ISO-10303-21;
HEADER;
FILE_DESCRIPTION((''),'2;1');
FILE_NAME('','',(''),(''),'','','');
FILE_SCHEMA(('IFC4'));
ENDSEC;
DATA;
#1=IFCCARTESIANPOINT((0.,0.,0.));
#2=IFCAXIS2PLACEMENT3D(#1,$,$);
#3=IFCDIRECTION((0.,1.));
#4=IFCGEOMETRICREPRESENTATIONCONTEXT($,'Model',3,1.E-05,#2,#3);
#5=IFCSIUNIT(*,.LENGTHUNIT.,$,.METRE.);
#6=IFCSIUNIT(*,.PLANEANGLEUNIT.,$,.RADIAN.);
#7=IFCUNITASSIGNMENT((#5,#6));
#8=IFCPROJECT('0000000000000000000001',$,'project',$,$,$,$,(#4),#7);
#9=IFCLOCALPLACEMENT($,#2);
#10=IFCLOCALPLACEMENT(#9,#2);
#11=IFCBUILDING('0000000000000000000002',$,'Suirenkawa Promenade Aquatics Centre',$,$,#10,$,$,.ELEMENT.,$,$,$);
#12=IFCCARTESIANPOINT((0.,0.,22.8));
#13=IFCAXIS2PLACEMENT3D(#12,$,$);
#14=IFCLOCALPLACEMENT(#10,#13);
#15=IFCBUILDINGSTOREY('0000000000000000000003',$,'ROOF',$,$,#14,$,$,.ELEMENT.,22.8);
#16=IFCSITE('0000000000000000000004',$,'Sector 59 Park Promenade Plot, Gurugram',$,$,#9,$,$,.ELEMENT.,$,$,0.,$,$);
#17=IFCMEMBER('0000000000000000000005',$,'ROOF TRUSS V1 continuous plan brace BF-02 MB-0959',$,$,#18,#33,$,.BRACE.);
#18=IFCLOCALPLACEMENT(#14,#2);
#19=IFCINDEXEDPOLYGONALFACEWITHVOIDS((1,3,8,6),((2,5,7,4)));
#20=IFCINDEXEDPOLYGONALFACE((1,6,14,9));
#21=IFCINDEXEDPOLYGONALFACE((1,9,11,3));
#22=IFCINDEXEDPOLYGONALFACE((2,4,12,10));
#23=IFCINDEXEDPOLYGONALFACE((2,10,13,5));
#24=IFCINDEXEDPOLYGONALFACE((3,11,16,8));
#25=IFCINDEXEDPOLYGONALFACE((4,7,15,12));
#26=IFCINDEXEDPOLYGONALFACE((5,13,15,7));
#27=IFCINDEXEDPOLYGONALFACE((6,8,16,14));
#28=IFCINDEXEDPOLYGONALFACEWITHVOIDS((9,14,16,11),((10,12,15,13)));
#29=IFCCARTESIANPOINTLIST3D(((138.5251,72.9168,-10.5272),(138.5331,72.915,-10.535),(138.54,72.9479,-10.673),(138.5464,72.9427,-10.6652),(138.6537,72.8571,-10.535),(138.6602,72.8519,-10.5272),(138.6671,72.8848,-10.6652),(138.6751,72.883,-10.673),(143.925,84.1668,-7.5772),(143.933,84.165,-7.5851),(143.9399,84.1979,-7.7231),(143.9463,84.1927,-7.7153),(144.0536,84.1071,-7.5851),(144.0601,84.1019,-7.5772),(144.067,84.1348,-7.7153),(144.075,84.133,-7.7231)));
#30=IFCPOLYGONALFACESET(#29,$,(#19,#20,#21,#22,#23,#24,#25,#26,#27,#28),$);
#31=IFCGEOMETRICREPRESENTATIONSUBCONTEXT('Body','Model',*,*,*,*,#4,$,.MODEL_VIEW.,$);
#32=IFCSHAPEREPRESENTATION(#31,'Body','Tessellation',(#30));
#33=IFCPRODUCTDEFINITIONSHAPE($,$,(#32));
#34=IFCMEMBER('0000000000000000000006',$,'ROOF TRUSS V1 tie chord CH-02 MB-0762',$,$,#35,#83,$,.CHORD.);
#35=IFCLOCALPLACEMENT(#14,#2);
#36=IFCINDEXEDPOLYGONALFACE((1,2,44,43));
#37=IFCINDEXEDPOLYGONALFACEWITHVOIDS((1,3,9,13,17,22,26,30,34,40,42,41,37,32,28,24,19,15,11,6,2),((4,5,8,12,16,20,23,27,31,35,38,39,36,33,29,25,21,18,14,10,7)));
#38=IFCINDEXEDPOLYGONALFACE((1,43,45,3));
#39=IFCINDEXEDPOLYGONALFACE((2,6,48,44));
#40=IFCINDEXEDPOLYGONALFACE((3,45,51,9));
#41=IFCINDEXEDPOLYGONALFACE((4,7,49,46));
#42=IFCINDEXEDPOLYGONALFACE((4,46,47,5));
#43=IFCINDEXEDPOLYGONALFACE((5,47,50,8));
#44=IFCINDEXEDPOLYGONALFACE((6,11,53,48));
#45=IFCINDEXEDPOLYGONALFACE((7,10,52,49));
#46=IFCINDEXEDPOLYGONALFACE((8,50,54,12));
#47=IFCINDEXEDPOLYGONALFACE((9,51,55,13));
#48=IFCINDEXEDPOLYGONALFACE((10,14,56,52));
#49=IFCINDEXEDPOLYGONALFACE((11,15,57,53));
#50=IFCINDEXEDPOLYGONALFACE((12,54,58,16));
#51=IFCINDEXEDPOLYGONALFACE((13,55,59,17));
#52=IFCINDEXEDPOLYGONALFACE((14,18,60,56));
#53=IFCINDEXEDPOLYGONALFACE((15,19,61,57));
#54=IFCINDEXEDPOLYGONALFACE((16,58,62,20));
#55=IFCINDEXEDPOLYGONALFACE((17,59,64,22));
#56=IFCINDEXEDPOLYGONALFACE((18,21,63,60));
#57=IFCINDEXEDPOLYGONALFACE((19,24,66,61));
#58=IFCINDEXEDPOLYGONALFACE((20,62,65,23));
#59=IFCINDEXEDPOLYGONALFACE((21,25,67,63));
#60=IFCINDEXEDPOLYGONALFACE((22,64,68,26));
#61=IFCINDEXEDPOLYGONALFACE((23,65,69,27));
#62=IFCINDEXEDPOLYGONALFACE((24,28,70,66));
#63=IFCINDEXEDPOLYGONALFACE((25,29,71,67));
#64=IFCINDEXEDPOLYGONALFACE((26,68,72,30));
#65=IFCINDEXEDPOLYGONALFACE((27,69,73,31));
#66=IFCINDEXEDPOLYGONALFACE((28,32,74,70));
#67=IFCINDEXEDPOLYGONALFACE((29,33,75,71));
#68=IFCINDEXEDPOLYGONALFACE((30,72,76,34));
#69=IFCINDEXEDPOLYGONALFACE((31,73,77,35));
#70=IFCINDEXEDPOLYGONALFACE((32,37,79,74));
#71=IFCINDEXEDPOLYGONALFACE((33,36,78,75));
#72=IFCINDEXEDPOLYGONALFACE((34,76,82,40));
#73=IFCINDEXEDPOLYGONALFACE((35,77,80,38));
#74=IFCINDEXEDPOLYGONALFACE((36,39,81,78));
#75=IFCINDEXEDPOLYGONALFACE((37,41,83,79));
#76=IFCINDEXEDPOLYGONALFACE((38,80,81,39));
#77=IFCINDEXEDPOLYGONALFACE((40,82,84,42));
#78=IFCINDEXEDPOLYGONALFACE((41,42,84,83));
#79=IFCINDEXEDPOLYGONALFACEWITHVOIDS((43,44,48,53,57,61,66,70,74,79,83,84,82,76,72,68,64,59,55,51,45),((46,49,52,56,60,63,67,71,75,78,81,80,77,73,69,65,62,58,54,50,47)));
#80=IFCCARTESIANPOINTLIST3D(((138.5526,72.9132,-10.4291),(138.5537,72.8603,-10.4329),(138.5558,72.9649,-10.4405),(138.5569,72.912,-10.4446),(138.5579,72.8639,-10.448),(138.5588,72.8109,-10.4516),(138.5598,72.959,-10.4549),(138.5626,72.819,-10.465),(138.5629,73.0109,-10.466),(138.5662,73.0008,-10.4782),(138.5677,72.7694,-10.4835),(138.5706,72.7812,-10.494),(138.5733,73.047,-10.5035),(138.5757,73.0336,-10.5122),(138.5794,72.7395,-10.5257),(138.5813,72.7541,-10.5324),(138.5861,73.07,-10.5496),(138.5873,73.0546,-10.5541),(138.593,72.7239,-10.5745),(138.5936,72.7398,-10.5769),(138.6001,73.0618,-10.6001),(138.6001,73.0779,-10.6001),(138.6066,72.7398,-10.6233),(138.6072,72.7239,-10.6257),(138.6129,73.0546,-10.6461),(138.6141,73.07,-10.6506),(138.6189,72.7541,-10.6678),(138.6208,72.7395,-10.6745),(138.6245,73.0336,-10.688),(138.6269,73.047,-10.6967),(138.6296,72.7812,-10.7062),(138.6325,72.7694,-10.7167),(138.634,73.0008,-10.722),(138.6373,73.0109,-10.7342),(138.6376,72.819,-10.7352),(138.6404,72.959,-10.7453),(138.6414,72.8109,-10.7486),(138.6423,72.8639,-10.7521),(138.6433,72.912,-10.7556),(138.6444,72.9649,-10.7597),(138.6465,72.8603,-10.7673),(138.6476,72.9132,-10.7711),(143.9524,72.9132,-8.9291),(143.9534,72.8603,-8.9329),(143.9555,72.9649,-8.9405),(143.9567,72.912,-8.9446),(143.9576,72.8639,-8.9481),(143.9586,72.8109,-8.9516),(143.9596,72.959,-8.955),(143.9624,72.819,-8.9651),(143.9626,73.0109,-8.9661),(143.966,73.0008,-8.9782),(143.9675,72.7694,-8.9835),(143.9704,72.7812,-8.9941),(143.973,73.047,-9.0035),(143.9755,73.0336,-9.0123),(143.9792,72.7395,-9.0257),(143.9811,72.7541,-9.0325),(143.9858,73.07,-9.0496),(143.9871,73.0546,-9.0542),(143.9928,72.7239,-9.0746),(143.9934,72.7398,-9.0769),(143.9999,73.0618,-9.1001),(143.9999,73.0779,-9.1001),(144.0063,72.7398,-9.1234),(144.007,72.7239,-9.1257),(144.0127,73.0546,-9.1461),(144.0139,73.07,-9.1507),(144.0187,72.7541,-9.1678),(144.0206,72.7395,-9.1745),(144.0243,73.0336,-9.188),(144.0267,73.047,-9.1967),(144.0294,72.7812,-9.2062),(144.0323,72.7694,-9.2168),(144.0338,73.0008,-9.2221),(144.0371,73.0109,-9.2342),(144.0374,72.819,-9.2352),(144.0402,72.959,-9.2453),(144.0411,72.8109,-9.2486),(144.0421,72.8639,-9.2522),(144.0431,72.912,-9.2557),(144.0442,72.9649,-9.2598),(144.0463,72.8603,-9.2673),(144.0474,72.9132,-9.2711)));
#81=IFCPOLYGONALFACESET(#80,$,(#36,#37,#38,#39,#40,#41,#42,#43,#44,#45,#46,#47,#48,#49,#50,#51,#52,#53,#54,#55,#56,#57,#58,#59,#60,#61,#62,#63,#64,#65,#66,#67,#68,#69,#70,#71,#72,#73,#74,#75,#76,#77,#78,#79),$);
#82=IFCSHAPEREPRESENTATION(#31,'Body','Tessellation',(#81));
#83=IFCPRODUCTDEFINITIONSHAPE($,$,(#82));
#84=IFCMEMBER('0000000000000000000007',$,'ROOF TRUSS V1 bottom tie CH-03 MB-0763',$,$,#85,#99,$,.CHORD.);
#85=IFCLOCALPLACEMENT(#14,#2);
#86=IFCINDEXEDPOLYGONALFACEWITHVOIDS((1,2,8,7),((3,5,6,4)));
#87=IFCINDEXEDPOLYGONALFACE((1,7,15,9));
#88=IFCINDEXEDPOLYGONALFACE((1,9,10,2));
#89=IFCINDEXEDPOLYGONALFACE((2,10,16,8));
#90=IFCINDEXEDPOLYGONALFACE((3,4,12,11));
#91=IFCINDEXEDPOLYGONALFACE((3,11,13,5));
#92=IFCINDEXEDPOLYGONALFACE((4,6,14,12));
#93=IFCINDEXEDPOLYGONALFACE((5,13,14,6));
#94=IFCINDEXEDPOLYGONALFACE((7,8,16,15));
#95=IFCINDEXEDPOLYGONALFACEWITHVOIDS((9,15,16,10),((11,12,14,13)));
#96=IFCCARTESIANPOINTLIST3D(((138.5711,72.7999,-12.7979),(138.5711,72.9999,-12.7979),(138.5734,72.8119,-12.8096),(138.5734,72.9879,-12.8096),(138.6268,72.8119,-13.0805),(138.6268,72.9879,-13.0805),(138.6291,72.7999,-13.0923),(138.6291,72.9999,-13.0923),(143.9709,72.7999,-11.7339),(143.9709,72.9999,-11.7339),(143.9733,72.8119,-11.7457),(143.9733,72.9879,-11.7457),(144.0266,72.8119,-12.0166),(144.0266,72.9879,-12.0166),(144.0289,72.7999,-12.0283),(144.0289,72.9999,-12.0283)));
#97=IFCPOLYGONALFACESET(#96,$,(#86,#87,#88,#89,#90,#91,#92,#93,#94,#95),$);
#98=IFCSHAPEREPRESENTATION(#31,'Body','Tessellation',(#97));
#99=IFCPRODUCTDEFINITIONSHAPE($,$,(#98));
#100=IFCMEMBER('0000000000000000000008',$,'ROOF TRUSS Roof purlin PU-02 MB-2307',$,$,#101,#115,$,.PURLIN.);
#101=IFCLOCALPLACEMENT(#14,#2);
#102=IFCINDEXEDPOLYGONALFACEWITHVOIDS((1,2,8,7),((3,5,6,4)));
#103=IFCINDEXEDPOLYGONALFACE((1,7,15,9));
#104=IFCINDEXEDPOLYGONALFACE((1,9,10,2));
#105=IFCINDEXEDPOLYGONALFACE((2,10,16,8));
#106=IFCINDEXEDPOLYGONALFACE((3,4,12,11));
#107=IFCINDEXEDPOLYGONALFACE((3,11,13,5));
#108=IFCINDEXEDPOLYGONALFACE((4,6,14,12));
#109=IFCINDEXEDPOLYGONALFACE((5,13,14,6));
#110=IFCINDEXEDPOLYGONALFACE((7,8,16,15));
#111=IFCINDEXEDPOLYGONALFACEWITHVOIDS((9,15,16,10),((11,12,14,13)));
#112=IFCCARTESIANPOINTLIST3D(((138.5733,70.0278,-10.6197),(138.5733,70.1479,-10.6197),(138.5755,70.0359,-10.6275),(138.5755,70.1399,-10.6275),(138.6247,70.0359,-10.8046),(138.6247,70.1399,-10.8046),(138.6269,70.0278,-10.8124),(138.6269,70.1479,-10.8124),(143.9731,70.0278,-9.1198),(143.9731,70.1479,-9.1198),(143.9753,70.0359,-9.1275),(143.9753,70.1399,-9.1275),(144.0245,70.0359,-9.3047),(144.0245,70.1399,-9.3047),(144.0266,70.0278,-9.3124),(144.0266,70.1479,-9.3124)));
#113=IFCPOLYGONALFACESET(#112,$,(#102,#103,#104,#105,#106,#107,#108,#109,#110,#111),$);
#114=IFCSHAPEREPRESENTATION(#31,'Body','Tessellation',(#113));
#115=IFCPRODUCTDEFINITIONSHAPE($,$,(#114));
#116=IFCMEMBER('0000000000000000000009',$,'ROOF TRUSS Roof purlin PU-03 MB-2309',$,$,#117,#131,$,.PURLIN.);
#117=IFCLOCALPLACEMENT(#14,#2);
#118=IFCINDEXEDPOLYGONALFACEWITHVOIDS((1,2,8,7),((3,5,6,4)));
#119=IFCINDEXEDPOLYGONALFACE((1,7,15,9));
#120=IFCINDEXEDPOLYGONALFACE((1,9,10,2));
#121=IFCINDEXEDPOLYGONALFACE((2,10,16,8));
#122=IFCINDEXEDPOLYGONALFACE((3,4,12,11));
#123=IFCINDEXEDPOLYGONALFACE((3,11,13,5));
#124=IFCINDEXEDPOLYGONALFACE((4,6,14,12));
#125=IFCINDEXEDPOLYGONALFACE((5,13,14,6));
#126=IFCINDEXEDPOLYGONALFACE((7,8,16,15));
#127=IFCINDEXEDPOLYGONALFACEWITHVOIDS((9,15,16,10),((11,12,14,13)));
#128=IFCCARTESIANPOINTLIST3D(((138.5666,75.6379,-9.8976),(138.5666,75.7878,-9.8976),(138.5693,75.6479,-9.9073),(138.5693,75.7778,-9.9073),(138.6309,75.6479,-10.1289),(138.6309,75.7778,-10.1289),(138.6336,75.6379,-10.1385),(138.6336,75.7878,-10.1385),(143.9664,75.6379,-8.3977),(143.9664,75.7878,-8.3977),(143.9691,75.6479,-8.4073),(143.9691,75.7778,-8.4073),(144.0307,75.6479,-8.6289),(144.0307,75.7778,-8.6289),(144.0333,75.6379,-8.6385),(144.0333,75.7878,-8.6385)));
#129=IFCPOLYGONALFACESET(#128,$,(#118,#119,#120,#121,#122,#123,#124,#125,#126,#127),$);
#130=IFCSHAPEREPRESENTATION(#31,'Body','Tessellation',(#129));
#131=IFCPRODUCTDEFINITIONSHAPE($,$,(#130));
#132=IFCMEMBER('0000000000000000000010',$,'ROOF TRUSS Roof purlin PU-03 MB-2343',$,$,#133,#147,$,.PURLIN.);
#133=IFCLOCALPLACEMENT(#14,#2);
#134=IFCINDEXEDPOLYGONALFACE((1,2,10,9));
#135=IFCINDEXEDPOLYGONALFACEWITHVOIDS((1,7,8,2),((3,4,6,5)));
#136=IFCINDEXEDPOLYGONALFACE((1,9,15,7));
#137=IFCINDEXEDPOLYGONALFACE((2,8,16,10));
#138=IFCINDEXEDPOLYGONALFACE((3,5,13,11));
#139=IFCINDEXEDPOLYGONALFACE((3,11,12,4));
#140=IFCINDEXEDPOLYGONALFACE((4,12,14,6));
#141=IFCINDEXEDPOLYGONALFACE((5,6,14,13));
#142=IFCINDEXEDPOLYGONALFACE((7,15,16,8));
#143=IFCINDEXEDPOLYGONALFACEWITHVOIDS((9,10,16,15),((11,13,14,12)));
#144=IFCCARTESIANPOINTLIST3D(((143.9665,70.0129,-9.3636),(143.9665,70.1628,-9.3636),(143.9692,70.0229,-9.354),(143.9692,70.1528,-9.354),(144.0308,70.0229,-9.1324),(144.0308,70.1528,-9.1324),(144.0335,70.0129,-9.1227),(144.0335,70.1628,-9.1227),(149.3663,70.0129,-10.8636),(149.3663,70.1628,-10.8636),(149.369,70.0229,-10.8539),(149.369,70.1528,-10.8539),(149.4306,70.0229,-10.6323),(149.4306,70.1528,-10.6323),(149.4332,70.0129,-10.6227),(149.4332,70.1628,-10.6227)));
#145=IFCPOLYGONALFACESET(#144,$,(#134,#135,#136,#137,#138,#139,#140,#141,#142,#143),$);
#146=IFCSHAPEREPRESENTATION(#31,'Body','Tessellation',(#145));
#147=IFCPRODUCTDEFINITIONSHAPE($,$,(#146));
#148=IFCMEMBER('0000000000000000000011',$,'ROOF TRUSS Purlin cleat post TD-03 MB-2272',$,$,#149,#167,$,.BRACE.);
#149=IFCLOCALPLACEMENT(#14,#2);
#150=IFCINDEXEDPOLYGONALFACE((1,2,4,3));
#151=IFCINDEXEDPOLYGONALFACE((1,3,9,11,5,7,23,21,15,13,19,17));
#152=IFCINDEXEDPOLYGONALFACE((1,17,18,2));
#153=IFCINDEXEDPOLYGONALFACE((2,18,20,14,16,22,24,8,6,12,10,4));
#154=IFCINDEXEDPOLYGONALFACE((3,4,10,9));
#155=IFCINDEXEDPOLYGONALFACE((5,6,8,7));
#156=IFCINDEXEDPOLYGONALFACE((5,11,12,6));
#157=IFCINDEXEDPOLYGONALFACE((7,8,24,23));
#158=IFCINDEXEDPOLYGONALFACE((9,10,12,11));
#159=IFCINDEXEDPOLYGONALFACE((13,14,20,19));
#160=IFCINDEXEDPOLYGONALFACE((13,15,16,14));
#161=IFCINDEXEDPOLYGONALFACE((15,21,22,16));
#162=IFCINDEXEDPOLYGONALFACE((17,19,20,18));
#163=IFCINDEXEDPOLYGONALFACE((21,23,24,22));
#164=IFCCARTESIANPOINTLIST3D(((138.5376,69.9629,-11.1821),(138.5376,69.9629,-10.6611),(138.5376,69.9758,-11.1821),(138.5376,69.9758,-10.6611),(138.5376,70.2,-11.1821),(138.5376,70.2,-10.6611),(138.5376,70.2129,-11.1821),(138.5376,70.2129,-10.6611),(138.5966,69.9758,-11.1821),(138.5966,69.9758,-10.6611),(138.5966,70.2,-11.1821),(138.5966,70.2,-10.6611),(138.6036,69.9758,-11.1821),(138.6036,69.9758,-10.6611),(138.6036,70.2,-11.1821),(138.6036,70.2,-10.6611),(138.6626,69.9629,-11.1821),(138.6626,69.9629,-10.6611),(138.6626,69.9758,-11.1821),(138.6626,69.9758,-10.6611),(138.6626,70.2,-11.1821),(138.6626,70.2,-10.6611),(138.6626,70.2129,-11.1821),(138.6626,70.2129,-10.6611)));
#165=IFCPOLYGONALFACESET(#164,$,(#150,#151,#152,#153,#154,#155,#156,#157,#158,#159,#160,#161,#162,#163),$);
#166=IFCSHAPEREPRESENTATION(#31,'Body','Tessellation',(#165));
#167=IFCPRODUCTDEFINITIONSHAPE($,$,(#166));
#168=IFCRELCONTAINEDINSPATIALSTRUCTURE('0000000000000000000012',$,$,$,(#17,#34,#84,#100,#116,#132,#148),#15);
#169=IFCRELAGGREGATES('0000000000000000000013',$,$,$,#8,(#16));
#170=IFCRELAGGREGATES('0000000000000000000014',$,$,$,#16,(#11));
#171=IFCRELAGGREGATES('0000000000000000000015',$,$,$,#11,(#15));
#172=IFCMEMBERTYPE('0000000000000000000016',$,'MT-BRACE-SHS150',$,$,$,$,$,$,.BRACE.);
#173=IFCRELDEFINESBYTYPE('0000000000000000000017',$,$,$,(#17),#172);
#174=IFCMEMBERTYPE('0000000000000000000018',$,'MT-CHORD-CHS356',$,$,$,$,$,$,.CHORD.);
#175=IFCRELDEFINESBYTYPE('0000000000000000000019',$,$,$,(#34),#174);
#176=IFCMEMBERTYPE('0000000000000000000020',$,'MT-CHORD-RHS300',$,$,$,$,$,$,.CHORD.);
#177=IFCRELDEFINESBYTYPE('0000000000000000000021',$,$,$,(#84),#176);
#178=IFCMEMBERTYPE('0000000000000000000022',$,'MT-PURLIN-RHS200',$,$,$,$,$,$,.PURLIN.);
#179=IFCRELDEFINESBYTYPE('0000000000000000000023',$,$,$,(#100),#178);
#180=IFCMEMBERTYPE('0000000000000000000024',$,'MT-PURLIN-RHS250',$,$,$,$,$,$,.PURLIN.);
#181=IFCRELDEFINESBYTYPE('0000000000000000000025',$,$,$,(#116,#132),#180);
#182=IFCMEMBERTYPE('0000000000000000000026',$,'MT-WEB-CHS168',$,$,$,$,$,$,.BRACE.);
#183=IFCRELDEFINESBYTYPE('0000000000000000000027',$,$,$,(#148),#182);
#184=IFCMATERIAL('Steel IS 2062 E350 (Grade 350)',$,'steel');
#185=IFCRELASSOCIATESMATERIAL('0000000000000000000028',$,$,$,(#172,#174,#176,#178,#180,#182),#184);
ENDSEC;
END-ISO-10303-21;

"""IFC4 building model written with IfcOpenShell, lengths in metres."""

from ifc_helpers import new_model, si_unit, direction, frame, origin, origin_2d, place, context, subcontext, project, spatial, hollow_rectangle, hollow_circle, i_section, extrude, material, material_profile, profile_set, type_object, element, save


model = new_model("IFC4")

# Units and contexts
model_context = context("Model", 3, precision=1e-05, world=origin(), true_north=direction((0.0, 1.0)))
body_context = subcontext(model_context, "Body", "Model", "MODEL_VIEW")
ifc_project = project(units=[si_unit("LENGTHUNIT", "METRE"), si_unit("PLANEANGLEUNIT", "RADIAN")], contexts=[model_context])

# Site, building, storey
site_placement = place(None, origin())
site = spatial("IfcSite", under=ifc_project, at=site_placement, Name="Sector 59 Park Promenade Plot, Gurugram", CompositionType="ELEMENT", RefElevation=0.0)
building_placement = place(site_placement, origin())
building = spatial("IfcBuilding", under=site, at=building_placement, Name="Suirenkawa Promenade Aquatics Centre", CompositionType="ELEMENT")
storey_placement = place(building_placement, frame((0.0, 0.0, 22.8)))
storey = spatial("IfcBuildingStorey", under=building, at=storey_placement, Name="ROOF", CompositionType="ELEMENT", Elevation=22.8)

# Shared definitions
ifc_material = material(Name="Steel IS 2062 E350 (Grade 350)", Category="steel")

# Members
ifc_material_profile_1 = material_profile(ifc_material, hollow_rectangle(XDim=0.1499, YDim=0.1499, WallThickness=0.0081, at=origin_2d()), Name="SHS 150x150x8", Category="steel")
ifc_profile_set_1 = profile_set([ifc_material_profile_1], Name="Steel IS 2062 E350 (Grade 350)")
member_type_1 = type_object("IfcMemberType", Name="MT-BRACE-SHS150", PredefinedType="BRACE", material=ifc_profile_set_1)
member_1_placement = place(storey_placement, frame((138.6001, 72.8999, -10.6001), z_axis=(0.421118, 0.877345, 0.230056), x_axis=(-0.901526, 0.432725, 0.0)))
element("IfcMember", 1, at=member_1_placement, inside=storey, type_object=member_type_1, Name="ROOF TRUSS V1 continuous plan brace BF-02 MB-0959", PredefinedType="BRACE", context=body_context, shape_type="SweptSolid", body=[
    extrude(hollow_rectangle(XDim=0.1499, YDim=0.1499, WallThickness=0.0081, at=origin_2d()), origin(), (0.0, 0.0, 1.0), 12.8228),
])
ifc_material_profile_2 = material_profile(ifc_material, hollow_circle(Radius=0.178, WallThickness=0.0161, at=origin_2d()), Name="CHS 356x16", Category="steel")
ifc_profile_set_2 = profile_set([ifc_material_profile_2], Name="Steel IS 2062 E350 (Grade 350)")
member_type_2 = type_object("IfcMemberType", Name="MT-CHORD-CHS356", PredefinedType="CHORD", material=ifc_profile_set_2)
member_2_placement = place(storey_placement, frame((138.6001, 72.8999, -10.6001), z_axis=(0.963517, 0.0, 0.267648), x_axis=(0.0, 1.0, 0.0)))
element("IfcMember", 2, at=member_2_placement, inside=storey, type_object=member_type_2, Name="ROOF TRUSS V1 tie chord CH-02 MB-0762", PredefinedType="CHORD", context=body_context, shape_type="SweptSolid", body=[
    extrude(hollow_circle(Radius=0.178, WallThickness=0.0161, at=origin_2d()), origin(), (0.0, 0.0, 1.0), 5.6042),
])
ifc_material_profile_3 = material_profile(ifc_material, hollow_rectangle(XDim=0.2, YDim=0.3, WallThickness=0.012, at=origin_2d()), Name="RHS 300x200x12", Category="steel")
ifc_profile_set_3 = profile_set([ifc_material_profile_3], Name="Steel IS 2062 E350 (Grade 350)")
member_type_3 = type_object("IfcMemberType", Name="MT-CHORD-RHS300", PredefinedType="CHORD", material=ifc_profile_set_3)
member_3_placement = place(storey_placement, frame((138.6001, 72.8999, -12.9451), z_axis=(0.981136, 0.0, 0.193317), x_axis=(0.0, 1.0, 0.0)))
element("IfcMember", 3, at=member_3_placement, inside=storey, type_object=member_type_3, Name="ROOF TRUSS V1 bottom tie CH-03 MB-0763", PredefinedType="CHORD", context=body_context, shape_type="SweptSolid", body=[
    extrude(hollow_rectangle(XDim=0.2, YDim=0.3, WallThickness=0.012, at=origin_2d()), origin(), (0.0, 0.0, 1.0), 5.5037),
])
ifc_material_profile_4 = material_profile(ifc_material, hollow_rectangle(XDim=0.1201, YDim=0.2, WallThickness=0.0081, at=origin_2d()), Name="RHS 200x120x8", Category="steel")
ifc_profile_set_4 = profile_set([ifc_material_profile_4], Name="Steel IS 2062 E350 (Grade 350)")
member_type_4 = type_object("IfcMemberType", Name="MT-PURLIN-RHS200", PredefinedType="PURLIN", material=ifc_profile_set_4)
member_4_placement = place(storey_placement, frame((138.6001, 70.0879, -10.7161), z_axis=(0.963517, 0.0, 0.267648), x_axis=(0.0, 1.0, 0.0)))
element("IfcMember", 4, at=member_4_placement, inside=storey, type_object=member_type_4, Name="ROOF TRUSS Roof purlin PU-02 MB-2307", PredefinedType="PURLIN", context=body_context, shape_type="SweptSolid", body=[
    extrude(hollow_rectangle(XDim=0.1201, YDim=0.2, WallThickness=0.0081, at=origin_2d()), origin(), (0.0, 0.0, 1.0), 5.6042),
])
ifc_material_profile_5 = material_profile(ifc_material, hollow_rectangle(XDim=0.1499, YDim=0.25, WallThickness=0.01, at=origin_2d()), Name="RHS 250x150x10", Category="steel")
ifc_profile_set_5 = profile_set([ifc_material_profile_5], Name="Steel IS 2062 E350 (Grade 350)")
member_type_5 = type_object("IfcMemberType", Name="MT-PURLIN-RHS250", PredefinedType="PURLIN", material=ifc_profile_set_5)
for number, where, z_axis, x_axis, name in (
    (5, (138.6001, 75.7129, -10.0181), (0.963517, 0.0, 0.267648), (0.0, 1.0, 0.0), "ROOF TRUSS Roof purlin PU-03 MB-2309"),
    (6, (144.0, 70.0879, -9.2432), (0.963517, 0.0, -0.267648), (0.0, 1.0, 0.0), "ROOF TRUSS Roof purlin PU-03 MB-2343"),
):
    element("IfcMember", number, at=place(storey_placement, frame(where, z_axis=z_axis, x_axis=x_axis)), inside=storey, type_object=member_type_5, Name=name, PredefinedType="PURLIN", context=body_context, shape_type="SweptSolid", body=[
        extrude(hollow_rectangle(XDim=0.1499, YDim=0.25, WallThickness=0.01, at=origin_2d()), origin(), (0.0, 0.0, 1.0), 5.6042),
    ])
ifc_material_profile_6 = material_profile(ifc_material, i_section(OverallWidth=0.125, OverallDepth=0.25, WebThickness=0.0071, FlangeThickness=0.0129, at=origin_2d()), Name="ISMB 250", Category="steel")
ifc_profile_set_6 = profile_set([ifc_material_profile_6], Name="Steel IS 2062 E350 (Grade 350)")
member_type_6 = type_object("IfcMemberType", Name="MT-WEB-CHS168", PredefinedType="BRACE", material=ifc_profile_set_6)
member_5_placement = place(storey_placement, frame((138.6001, 70.0879, -11.1821), z_axis=(0.0, 0.0, 1.0), x_axis=(1.0, 0.0, 0.0)))
element("IfcMember", 7, at=member_5_placement, inside=storey, type_object=member_type_6, Name="ROOF TRUSS Purlin cleat post TD-03 MB-2272", PredefinedType="BRACE", context=body_context, shape_type="SweptSolid", body=[
    extrude(i_section(OverallWidth=0.125, OverallDepth=0.25, WebThickness=0.0071, FlangeThickness=0.0129, at=origin_2d()), origin(), (0.0, 0.0, 1.0), 0.521),
])

save(model, "model.ifc")
